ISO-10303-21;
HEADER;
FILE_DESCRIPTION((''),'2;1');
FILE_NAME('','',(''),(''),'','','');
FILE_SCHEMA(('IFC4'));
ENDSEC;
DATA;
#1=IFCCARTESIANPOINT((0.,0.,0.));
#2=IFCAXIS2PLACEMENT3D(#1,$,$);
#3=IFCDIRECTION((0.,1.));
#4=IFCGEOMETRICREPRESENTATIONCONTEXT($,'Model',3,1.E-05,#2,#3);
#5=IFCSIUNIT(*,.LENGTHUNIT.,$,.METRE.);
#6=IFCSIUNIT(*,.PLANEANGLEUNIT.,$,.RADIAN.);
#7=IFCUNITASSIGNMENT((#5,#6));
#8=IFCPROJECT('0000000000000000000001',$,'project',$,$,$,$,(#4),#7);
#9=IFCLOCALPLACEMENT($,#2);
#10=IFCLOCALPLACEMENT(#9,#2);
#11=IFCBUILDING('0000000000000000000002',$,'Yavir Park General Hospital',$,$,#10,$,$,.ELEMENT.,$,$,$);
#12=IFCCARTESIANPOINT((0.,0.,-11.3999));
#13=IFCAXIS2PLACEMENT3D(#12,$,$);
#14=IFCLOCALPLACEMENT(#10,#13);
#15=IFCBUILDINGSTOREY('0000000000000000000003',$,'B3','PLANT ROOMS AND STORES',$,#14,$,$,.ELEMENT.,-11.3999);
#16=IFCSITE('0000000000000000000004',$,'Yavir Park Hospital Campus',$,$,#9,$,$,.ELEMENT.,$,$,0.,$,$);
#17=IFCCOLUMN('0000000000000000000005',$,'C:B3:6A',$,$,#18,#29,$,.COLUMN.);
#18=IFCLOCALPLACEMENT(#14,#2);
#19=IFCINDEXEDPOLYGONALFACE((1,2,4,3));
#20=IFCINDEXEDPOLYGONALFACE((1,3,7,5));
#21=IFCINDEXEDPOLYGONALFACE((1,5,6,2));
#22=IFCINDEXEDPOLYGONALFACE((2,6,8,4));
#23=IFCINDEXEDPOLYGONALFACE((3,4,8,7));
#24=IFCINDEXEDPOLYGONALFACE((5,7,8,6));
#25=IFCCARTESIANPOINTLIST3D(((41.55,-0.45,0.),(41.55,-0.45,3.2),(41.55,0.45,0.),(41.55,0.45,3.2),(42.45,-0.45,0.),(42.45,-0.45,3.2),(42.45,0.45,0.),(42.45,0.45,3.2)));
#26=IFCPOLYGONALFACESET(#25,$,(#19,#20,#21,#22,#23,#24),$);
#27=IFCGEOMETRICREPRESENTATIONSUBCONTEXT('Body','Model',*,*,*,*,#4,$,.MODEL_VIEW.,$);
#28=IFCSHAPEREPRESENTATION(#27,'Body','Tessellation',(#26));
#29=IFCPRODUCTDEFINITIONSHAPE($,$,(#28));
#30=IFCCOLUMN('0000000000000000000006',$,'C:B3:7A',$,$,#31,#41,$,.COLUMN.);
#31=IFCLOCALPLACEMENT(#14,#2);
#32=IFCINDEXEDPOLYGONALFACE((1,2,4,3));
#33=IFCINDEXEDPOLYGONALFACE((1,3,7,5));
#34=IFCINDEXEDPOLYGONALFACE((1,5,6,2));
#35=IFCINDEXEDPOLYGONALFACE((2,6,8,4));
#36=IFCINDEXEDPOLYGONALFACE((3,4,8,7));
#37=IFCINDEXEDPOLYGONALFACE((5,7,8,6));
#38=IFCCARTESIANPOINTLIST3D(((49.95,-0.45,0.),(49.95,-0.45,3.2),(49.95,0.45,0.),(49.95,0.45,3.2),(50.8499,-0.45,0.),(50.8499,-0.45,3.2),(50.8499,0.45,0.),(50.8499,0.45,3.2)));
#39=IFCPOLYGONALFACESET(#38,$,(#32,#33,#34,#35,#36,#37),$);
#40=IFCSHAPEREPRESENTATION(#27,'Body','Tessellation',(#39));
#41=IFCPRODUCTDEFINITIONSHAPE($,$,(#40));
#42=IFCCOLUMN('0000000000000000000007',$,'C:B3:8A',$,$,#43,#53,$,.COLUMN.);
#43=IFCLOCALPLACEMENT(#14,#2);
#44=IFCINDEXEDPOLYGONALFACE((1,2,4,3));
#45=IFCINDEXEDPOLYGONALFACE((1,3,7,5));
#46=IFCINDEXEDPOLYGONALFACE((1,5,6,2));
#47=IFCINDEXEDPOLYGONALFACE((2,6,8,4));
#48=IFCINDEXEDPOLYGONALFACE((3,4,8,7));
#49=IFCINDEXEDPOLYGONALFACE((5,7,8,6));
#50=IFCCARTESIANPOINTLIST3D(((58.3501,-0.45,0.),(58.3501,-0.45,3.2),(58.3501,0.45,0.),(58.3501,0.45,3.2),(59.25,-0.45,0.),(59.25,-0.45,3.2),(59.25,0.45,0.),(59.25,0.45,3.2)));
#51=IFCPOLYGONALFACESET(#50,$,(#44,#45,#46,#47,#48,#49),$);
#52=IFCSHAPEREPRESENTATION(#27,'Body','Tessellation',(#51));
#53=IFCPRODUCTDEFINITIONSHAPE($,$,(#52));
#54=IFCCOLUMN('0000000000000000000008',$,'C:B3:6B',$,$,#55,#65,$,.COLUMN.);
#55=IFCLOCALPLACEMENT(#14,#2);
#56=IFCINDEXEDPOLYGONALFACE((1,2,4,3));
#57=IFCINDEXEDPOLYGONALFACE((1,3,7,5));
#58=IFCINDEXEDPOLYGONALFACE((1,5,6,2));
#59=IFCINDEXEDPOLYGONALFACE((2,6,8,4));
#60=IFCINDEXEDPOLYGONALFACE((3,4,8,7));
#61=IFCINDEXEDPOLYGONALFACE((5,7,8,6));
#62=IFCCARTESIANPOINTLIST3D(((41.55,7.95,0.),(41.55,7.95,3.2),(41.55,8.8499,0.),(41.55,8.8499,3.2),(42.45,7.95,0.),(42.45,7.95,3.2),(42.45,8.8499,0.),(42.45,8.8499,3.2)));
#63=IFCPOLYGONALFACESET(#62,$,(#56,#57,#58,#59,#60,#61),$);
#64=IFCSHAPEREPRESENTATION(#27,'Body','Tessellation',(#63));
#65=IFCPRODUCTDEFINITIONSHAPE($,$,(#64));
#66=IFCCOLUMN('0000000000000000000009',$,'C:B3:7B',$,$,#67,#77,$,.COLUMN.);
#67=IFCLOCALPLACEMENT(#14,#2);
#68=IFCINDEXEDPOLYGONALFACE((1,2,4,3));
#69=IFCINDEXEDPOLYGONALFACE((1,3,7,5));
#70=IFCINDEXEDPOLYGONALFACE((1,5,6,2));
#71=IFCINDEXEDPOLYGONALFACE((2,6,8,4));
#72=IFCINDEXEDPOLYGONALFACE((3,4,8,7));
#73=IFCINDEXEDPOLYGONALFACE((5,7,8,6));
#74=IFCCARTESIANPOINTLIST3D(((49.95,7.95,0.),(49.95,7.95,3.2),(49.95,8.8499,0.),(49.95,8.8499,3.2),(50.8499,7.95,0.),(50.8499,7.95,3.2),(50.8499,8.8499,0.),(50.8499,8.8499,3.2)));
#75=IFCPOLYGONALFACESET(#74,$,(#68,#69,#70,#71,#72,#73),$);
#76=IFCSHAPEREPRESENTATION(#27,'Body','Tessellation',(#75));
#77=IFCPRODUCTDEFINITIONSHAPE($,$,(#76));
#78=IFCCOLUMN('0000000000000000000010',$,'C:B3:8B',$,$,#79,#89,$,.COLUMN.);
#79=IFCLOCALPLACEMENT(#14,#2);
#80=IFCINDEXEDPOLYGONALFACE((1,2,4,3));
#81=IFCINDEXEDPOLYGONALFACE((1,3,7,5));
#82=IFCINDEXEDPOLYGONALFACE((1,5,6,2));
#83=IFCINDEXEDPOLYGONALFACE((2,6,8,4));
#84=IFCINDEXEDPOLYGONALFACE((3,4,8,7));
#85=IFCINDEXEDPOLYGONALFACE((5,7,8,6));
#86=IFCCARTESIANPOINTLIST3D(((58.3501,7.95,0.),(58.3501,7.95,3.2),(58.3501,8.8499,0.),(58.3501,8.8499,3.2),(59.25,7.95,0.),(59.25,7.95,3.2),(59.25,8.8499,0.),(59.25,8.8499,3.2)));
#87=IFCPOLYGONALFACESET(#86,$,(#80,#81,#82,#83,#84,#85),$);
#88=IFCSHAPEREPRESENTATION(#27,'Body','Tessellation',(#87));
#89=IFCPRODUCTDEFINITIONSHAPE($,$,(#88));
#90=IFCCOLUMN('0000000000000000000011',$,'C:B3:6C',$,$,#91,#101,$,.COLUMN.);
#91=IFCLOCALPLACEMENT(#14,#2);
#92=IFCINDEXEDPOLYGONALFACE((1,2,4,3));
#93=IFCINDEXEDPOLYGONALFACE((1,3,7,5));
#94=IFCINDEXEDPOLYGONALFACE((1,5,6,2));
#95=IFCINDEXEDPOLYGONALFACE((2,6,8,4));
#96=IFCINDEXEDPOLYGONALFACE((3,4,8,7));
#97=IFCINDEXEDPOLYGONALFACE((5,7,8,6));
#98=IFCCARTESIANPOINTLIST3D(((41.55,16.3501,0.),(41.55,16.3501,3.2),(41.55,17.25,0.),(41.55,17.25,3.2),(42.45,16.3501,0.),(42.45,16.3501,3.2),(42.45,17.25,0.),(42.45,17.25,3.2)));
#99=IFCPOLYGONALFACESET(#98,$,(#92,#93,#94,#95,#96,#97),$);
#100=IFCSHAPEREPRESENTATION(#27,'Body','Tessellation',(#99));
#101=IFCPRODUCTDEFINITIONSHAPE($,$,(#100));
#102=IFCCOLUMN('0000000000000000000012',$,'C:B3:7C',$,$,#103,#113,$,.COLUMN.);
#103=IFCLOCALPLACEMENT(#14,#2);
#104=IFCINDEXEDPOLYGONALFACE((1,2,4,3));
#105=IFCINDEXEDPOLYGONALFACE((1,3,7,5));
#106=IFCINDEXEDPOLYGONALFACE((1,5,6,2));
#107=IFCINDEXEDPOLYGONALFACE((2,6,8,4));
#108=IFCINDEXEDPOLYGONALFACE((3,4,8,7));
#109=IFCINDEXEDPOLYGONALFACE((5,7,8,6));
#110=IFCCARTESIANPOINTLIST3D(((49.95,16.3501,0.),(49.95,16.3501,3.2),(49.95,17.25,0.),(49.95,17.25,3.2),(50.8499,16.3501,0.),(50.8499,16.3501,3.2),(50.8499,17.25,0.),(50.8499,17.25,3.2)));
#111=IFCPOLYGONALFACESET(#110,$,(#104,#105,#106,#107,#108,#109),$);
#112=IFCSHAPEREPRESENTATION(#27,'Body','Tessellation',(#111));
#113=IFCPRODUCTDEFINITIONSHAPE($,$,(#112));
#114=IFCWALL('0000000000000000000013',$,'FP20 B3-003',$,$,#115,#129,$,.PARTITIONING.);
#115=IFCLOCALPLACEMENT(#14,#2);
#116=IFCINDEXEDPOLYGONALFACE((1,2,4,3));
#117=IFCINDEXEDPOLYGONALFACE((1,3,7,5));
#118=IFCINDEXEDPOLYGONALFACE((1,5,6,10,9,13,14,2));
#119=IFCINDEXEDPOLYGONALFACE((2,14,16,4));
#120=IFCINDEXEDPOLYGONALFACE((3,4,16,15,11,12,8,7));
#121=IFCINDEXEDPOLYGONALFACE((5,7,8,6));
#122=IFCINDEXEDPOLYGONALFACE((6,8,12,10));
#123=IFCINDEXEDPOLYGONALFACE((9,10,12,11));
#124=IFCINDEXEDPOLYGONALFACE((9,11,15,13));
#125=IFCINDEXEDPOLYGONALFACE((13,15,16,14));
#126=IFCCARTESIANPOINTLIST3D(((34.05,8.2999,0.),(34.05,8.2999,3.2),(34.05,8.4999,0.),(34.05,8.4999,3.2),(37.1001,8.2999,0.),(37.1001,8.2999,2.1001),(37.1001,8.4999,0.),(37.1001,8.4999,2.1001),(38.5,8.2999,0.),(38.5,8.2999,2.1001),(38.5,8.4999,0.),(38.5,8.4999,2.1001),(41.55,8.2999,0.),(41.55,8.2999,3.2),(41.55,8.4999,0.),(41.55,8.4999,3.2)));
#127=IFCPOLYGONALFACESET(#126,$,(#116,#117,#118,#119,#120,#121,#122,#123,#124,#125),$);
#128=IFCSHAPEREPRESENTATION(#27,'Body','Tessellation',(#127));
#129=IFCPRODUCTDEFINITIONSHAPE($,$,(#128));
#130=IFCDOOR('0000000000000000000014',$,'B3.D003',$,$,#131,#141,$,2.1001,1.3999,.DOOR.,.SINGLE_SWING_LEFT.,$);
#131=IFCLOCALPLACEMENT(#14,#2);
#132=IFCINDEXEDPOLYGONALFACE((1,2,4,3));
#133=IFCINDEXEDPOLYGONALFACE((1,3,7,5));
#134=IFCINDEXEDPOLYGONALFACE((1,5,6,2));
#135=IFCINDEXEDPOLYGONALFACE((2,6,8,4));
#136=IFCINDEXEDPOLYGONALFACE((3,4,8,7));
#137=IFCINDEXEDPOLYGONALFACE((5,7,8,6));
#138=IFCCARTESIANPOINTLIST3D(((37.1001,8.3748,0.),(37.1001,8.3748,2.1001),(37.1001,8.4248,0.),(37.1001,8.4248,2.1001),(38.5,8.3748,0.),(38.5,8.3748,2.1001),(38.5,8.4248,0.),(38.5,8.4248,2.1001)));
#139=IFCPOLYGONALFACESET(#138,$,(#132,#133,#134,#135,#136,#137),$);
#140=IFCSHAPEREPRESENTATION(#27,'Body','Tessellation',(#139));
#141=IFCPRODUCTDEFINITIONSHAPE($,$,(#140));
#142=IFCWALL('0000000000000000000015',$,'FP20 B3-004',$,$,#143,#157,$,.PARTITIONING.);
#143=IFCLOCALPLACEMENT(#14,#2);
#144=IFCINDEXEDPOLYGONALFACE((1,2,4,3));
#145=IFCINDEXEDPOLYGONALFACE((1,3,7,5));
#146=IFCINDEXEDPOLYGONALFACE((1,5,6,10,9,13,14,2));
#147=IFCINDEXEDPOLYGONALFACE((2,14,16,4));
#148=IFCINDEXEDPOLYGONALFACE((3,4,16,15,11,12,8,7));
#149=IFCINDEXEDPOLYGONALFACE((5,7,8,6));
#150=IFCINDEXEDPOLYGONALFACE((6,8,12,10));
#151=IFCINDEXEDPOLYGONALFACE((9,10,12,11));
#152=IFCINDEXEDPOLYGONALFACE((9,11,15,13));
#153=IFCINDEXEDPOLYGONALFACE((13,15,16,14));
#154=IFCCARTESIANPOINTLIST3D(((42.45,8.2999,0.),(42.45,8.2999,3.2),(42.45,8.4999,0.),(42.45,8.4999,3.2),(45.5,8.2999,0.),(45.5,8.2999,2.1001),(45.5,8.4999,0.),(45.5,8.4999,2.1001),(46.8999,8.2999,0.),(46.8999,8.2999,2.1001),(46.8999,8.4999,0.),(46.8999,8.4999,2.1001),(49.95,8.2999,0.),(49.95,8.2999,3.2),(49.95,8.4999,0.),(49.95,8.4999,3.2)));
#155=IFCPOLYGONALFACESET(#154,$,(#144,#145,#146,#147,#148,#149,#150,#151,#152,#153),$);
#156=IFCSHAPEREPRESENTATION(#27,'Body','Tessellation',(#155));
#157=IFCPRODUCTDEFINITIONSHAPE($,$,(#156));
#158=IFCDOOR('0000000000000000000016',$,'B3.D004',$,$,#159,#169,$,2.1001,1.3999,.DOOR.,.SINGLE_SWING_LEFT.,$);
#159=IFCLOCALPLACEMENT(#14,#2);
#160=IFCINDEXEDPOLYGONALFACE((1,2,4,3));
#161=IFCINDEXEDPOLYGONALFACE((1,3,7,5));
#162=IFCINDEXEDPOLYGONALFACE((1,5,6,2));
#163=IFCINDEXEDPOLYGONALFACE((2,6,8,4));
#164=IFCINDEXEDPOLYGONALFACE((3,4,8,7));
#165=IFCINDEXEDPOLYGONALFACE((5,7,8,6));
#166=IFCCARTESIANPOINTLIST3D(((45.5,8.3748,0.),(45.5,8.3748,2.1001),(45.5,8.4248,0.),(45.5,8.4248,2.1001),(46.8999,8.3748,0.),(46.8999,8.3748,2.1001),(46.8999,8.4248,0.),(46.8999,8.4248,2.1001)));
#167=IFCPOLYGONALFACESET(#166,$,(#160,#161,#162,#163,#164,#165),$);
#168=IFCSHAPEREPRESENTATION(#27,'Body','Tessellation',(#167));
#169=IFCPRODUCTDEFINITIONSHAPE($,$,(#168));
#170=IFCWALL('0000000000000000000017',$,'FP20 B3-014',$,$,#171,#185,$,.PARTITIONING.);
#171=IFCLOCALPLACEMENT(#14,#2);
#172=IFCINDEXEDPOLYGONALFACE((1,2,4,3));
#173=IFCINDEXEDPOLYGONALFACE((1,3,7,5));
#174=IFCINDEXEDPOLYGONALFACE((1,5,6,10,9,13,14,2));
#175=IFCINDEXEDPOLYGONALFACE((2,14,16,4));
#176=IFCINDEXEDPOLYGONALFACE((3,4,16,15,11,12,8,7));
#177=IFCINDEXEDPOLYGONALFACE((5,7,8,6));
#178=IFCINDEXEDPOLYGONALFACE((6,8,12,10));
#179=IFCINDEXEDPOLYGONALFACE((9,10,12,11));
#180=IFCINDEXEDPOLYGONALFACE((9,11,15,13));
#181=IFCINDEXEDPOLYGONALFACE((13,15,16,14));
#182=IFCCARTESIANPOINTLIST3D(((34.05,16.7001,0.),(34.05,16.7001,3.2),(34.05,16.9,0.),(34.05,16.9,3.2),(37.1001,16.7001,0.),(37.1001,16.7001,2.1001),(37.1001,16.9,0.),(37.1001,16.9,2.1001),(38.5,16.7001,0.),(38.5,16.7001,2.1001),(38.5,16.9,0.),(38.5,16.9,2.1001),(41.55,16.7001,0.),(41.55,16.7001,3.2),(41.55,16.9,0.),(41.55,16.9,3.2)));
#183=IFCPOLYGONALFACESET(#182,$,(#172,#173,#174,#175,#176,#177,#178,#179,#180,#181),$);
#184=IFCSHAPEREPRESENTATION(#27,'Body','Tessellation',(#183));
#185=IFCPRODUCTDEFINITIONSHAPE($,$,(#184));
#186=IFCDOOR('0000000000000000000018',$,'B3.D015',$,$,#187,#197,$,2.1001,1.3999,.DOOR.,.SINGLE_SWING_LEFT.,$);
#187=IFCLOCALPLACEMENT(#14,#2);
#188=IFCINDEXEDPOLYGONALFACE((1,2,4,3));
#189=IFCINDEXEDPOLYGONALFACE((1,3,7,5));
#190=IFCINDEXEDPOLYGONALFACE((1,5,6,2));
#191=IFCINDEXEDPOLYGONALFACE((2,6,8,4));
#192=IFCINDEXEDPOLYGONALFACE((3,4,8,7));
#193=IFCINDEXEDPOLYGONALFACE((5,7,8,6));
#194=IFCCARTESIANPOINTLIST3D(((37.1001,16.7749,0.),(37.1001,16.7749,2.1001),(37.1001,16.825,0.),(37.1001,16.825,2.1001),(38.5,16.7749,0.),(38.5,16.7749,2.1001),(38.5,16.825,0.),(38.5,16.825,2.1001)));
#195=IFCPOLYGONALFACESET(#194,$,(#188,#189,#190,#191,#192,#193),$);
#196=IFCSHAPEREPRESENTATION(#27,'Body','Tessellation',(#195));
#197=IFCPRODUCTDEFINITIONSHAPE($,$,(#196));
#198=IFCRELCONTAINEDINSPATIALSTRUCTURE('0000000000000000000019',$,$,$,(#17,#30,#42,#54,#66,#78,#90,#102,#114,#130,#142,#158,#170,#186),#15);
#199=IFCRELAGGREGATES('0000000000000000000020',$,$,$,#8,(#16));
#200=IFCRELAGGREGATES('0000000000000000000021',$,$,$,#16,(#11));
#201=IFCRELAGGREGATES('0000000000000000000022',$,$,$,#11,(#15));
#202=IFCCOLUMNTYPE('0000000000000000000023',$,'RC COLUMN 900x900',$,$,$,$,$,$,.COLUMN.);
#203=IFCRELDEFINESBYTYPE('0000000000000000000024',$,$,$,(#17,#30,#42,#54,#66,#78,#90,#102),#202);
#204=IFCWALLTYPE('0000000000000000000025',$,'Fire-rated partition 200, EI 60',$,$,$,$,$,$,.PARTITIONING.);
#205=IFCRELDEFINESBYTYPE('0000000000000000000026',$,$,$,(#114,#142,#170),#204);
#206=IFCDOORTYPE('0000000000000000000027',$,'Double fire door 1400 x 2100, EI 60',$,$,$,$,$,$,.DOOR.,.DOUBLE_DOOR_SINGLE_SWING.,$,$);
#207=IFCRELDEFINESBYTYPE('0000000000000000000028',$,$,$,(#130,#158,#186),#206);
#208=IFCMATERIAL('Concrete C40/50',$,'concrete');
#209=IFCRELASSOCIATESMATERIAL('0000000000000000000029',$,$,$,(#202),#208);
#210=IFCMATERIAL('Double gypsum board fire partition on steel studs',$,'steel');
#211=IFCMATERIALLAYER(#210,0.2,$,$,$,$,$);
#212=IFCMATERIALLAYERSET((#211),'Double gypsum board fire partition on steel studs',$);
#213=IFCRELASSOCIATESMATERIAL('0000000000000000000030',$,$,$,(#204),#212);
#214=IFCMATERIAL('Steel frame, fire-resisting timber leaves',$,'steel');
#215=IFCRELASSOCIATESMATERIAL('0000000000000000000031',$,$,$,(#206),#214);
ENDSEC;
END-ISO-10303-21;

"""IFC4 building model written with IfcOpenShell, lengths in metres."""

from ifc_helpers import new_model, si_unit, direction, frame, frame_2d, origin, origin_2d, place, context, subcontext, project, spatial, rectangle, extrude, material, layer, layer_set, material_profile, profile_set, type_object, element, fill, save


model = new_model("IFC4")

# Units and contexts
model_context = context("Model", 3, precision=1e-05, world=origin(), true_north=direction((0.0, 1.0)))
body_context = subcontext(model_context, "Body", "Model", "MODEL_VIEW")
ifc_project = project(units=[si_unit("LENGTHUNIT", "METRE"), si_unit("PLANEANGLEUNIT", "RADIAN")], contexts=[model_context])

# Site, building, storey
site_placement = place(None, origin())
site = spatial("IfcSite", under=ifc_project, at=site_placement, Name="Yavir Park Hospital Campus", CompositionType="ELEMENT", RefElevation=0.0)
building_placement = place(site_placement, origin())
building = spatial("IfcBuilding", under=site, at=building_placement, Name="Yavir Park General Hospital", CompositionType="ELEMENT")
storey_placement = place(building_placement, frame((0.0, 0.0, -11.3999)))
storey = spatial("IfcBuildingStorey", under=building, at=storey_placement, Name="B3", Description="PLANT ROOMS AND STORES", CompositionType="ELEMENT", Elevation=-11.3999)

# Columns
ifc_material_1 = material(Name="Concrete C40/50", Category="concrete")
ifc_material_profile = material_profile(ifc_material_1, rectangle(XDim=0.8999, YDim=0.8999, at=origin_2d()), Name="RC900x900")
ifc_profile_set = profile_set([ifc_material_profile], Name="Concrete C40/50")
column_type = type_object("IfcColumnType", Name="RC COLUMN 900x900", PredefinedType="COLUMN", material=ifc_profile_set)
for number, where, z_axis, x_axis, name in (
    (1, (42.0, 0.0, 0.0), (0.0, 0.0, 1.0), (1.0, 0.0, 0.0), "C:B3:6A"),
    (2, (50.3999, 0.0, 0.0), (0.0, 0.0, 1.0), (1.0, 0.0, 0.0), "C:B3:7A"),
    (3, (58.8, 0.0, 0.0), (0.0, 0.0, 1.0), (1.0, 0.0, 0.0), "C:B3:8A"),
    (4, (42.0, 8.3999, 0.0), (0.0, 0.0, 1.0), (1.0, 0.0, 0.0), "C:B3:6B"),
    (5, (50.3999, 8.3999, 0.0), (0.0, 0.0, 1.0), (1.0, 0.0, 0.0), "C:B3:7B"),
    (6, (58.8, 8.3999, 0.0), (0.0, 0.0, 1.0), (1.0, 0.0, 0.0), "C:B3:8B"),
    (7, (42.0, 16.8, 0.0), (0.0, 0.0, 1.0), (1.0, 0.0, 0.0), "C:B3:6C"),
    (8, (50.3999, 16.8, 0.0), (0.0, 0.0, 1.0), (1.0, 0.0, 0.0), "C:B3:7C"),
):
    element("IfcColumn", number, at=place(storey_placement, frame(where, z_axis=z_axis, x_axis=x_axis)), inside=storey, type_object=column_type, Name=name, PredefinedType="COLUMN", context=body_context, shape_type="SweptSolid", body=[
        extrude(rectangle(XDim=0.8999, YDim=0.8999, at=origin_2d()), origin(), (0.0, 0.0, 1.0), 3.2),
    ])

# Walls, openings, doors
ifc_material_2 = material(Name="Double gypsum board fire partition on steel studs", Category="steel")
ifc_layer_1 = layer(ifc_material_2, 0.2)
ifc_layer_set_1 = layer_set([ifc_layer_1], Name="Double gypsum board fire partition on steel studs")
wall_type_1 = type_object("IfcWallType", Name="Fire-rated partition 200, EI 60", PredefinedType="PARTITIONING", material=ifc_layer_set_1)
wall_1_placement = place(storey_placement, frame((34.05, 8.3999, 0.0), z_axis=(0.0, 0.0, 1.0), x_axis=(1.0, 0.0, 0.0)))
wall_1 = element("IfcWall", 9, at=wall_1_placement, inside=storey, type_object=wall_type_1, Name="FP20 B3-003", PredefinedType="PARTITIONING", context=body_context, shape_type="SweptSolid", body=[
    extrude(rectangle(XDim=7.5, YDim=0.2, at=frame_2d((3.75, 0.0))), origin(), (0.0, 0.0, 1.0), 3.2),
])
opening_1_placement = place(wall_1_placement, frame((3.05, 0.0, 0.0)))
opening_1 = element("IfcOpeningElement", 10, at=opening_1_placement, cuts=wall_1, PredefinedType="OPENING", context=body_context, shape_type="SweptSolid", body=[
    extrude(rectangle(XDim=1.3999, YDim=2.1001, at=frame_2d((0.7, 1.05))), frame((0.0, 0.1099, 0.0), z_axis=(0.0, -1.0, 0.0), x_axis=(1.0, 0.0, 0.0)), (0.0, 0.0, 1.0), 0.22),
])
ifc_material_3 = material(Name="Steel frame, fire-resisting timber leaves", Category="steel")
door_type = type_object("IfcDoorType", Name="Double fire door 1400 x 2100, EI 60", OperationType="DOUBLE_DOOR_SINGLE_SWING", PredefinedType="DOOR", material=ifc_material_3)
door_1_placement = place(opening_1_placement, origin())
door_1 = element("IfcDoor", 11, at=door_1_placement, inside=storey, type_object=door_type, Name="B3.D003", OperationType="SINGLE_SWING_LEFT", OverallHeight=2.1001, OverallWidth=1.3999, PredefinedType="DOOR", context=body_context, shape_type="SweptSolid", body=[
    extrude(rectangle(XDim=1.3999, YDim=2.1001, at=frame_2d((0.7, 1.05))), frame((0.0, 0.0249, 0.0), z_axis=(0.0, -1.0, 0.0), x_axis=(1.0, 0.0, 0.0)), (0.0, 0.0, 1.0), 0.05),
])
fill(opening_1, door_1)
wall_2_placement = place(storey_placement, frame((42.45, 8.3999, 0.0), z_axis=(0.0, 0.0, 1.0), x_axis=(1.0, 0.0, 0.0)))
wall_2 = element("IfcWall", 12, at=wall_2_placement, inside=storey, type_object=wall_type_1, Name="FP20 B3-004", PredefinedType="PARTITIONING", context=body_context, shape_type="SweptSolid", body=[
    extrude(rectangle(XDim=7.5, YDim=0.2, at=frame_2d((3.75, 0.0))), origin(), (0.0, 0.0, 1.0), 3.2),
])
opening_2_placement = place(wall_2_placement, frame((3.05, 0.0, 0.0)))
opening_2 = element("IfcOpeningElement", 13, at=opening_2_placement, cuts=wall_2, PredefinedType="OPENING", context=body_context, shape_type="SweptSolid", body=[
    extrude(rectangle(XDim=1.3999, YDim=2.1001, at=frame_2d((0.7, 1.05))), frame((0.0, 0.1099, 0.0), z_axis=(0.0, -1.0, 0.0), x_axis=(1.0, 0.0, 0.0)), (0.0, 0.0, 1.0), 0.22),
])
door_2_placement = place(opening_2_placement, origin())
door_2 = element("IfcDoor", 14, at=door_2_placement, inside=storey, type_object=door_type, Name="B3.D004", OperationType="SINGLE_SWING_LEFT", OverallHeight=2.1001, OverallWidth=1.3999, PredefinedType="DOOR", context=body_context, shape_type="SweptSolid", body=[
    extrude(rectangle(XDim=1.3999, YDim=2.1001, at=frame_2d((0.7, 1.05))), frame((0.0, 0.0249, 0.0), z_axis=(0.0, -1.0, 0.0), x_axis=(1.0, 0.0, 0.0)), (0.0, 0.0, 1.0), 0.05),
])
fill(opening_2, door_2)
wall_3_placement = place(storey_placement, frame((34.05, 16.8, 0.0), z_axis=(0.0, 0.0, 1.0), x_axis=(1.0, 0.0, 0.0)))
wall_3 = element("IfcWall", 15, at=wall_3_placement, inside=storey, type_object=wall_type_1, Name="FP20 B3-014", PredefinedType="PARTITIONING", context=body_context, shape_type="SweptSolid", body=[
    extrude(rectangle(XDim=7.5, YDim=0.2, at=frame_2d((3.75, 0.0))), origin(), (0.0, 0.0, 1.0), 3.2),
])
opening_3_placement = place(wall_3_placement, frame((3.05, 0.0, 0.0)))
opening_3 = element("IfcOpeningElement", 16, at=opening_3_placement, cuts=wall_3, PredefinedType="OPENING", context=body_context, shape_type="SweptSolid", body=[
    extrude(rectangle(XDim=1.3999, YDim=2.1001, at=frame_2d((0.7, 1.05))), frame((0.0, 0.1099, 0.0), z_axis=(0.0, -1.0, 0.0), x_axis=(1.0, 0.0, 0.0)), (0.0, 0.0, 1.0), 0.22),
])
door_3_placement = place(opening_3_placement, origin())
door_3 = element("IfcDoor", 17, at=door_3_placement, inside=storey, type_object=door_type, Name="B3.D015", OperationType="SINGLE_SWING_LEFT", OverallHeight=2.1001, OverallWidth=1.3999, PredefinedType="DOOR", context=body_context, shape_type="SweptSolid", body=[
    extrude(rectangle(XDim=1.3999, YDim=2.1001, at=frame_2d((0.7, 1.05))), frame((0.0, 0.0249, 0.0), z_axis=(0.0, -1.0, 0.0), x_axis=(1.0, 0.0, 0.0)), (0.0, 0.0, 1.0), 0.05),
])
fill(opening_3, door_3)

save(model, "model.ifc")
